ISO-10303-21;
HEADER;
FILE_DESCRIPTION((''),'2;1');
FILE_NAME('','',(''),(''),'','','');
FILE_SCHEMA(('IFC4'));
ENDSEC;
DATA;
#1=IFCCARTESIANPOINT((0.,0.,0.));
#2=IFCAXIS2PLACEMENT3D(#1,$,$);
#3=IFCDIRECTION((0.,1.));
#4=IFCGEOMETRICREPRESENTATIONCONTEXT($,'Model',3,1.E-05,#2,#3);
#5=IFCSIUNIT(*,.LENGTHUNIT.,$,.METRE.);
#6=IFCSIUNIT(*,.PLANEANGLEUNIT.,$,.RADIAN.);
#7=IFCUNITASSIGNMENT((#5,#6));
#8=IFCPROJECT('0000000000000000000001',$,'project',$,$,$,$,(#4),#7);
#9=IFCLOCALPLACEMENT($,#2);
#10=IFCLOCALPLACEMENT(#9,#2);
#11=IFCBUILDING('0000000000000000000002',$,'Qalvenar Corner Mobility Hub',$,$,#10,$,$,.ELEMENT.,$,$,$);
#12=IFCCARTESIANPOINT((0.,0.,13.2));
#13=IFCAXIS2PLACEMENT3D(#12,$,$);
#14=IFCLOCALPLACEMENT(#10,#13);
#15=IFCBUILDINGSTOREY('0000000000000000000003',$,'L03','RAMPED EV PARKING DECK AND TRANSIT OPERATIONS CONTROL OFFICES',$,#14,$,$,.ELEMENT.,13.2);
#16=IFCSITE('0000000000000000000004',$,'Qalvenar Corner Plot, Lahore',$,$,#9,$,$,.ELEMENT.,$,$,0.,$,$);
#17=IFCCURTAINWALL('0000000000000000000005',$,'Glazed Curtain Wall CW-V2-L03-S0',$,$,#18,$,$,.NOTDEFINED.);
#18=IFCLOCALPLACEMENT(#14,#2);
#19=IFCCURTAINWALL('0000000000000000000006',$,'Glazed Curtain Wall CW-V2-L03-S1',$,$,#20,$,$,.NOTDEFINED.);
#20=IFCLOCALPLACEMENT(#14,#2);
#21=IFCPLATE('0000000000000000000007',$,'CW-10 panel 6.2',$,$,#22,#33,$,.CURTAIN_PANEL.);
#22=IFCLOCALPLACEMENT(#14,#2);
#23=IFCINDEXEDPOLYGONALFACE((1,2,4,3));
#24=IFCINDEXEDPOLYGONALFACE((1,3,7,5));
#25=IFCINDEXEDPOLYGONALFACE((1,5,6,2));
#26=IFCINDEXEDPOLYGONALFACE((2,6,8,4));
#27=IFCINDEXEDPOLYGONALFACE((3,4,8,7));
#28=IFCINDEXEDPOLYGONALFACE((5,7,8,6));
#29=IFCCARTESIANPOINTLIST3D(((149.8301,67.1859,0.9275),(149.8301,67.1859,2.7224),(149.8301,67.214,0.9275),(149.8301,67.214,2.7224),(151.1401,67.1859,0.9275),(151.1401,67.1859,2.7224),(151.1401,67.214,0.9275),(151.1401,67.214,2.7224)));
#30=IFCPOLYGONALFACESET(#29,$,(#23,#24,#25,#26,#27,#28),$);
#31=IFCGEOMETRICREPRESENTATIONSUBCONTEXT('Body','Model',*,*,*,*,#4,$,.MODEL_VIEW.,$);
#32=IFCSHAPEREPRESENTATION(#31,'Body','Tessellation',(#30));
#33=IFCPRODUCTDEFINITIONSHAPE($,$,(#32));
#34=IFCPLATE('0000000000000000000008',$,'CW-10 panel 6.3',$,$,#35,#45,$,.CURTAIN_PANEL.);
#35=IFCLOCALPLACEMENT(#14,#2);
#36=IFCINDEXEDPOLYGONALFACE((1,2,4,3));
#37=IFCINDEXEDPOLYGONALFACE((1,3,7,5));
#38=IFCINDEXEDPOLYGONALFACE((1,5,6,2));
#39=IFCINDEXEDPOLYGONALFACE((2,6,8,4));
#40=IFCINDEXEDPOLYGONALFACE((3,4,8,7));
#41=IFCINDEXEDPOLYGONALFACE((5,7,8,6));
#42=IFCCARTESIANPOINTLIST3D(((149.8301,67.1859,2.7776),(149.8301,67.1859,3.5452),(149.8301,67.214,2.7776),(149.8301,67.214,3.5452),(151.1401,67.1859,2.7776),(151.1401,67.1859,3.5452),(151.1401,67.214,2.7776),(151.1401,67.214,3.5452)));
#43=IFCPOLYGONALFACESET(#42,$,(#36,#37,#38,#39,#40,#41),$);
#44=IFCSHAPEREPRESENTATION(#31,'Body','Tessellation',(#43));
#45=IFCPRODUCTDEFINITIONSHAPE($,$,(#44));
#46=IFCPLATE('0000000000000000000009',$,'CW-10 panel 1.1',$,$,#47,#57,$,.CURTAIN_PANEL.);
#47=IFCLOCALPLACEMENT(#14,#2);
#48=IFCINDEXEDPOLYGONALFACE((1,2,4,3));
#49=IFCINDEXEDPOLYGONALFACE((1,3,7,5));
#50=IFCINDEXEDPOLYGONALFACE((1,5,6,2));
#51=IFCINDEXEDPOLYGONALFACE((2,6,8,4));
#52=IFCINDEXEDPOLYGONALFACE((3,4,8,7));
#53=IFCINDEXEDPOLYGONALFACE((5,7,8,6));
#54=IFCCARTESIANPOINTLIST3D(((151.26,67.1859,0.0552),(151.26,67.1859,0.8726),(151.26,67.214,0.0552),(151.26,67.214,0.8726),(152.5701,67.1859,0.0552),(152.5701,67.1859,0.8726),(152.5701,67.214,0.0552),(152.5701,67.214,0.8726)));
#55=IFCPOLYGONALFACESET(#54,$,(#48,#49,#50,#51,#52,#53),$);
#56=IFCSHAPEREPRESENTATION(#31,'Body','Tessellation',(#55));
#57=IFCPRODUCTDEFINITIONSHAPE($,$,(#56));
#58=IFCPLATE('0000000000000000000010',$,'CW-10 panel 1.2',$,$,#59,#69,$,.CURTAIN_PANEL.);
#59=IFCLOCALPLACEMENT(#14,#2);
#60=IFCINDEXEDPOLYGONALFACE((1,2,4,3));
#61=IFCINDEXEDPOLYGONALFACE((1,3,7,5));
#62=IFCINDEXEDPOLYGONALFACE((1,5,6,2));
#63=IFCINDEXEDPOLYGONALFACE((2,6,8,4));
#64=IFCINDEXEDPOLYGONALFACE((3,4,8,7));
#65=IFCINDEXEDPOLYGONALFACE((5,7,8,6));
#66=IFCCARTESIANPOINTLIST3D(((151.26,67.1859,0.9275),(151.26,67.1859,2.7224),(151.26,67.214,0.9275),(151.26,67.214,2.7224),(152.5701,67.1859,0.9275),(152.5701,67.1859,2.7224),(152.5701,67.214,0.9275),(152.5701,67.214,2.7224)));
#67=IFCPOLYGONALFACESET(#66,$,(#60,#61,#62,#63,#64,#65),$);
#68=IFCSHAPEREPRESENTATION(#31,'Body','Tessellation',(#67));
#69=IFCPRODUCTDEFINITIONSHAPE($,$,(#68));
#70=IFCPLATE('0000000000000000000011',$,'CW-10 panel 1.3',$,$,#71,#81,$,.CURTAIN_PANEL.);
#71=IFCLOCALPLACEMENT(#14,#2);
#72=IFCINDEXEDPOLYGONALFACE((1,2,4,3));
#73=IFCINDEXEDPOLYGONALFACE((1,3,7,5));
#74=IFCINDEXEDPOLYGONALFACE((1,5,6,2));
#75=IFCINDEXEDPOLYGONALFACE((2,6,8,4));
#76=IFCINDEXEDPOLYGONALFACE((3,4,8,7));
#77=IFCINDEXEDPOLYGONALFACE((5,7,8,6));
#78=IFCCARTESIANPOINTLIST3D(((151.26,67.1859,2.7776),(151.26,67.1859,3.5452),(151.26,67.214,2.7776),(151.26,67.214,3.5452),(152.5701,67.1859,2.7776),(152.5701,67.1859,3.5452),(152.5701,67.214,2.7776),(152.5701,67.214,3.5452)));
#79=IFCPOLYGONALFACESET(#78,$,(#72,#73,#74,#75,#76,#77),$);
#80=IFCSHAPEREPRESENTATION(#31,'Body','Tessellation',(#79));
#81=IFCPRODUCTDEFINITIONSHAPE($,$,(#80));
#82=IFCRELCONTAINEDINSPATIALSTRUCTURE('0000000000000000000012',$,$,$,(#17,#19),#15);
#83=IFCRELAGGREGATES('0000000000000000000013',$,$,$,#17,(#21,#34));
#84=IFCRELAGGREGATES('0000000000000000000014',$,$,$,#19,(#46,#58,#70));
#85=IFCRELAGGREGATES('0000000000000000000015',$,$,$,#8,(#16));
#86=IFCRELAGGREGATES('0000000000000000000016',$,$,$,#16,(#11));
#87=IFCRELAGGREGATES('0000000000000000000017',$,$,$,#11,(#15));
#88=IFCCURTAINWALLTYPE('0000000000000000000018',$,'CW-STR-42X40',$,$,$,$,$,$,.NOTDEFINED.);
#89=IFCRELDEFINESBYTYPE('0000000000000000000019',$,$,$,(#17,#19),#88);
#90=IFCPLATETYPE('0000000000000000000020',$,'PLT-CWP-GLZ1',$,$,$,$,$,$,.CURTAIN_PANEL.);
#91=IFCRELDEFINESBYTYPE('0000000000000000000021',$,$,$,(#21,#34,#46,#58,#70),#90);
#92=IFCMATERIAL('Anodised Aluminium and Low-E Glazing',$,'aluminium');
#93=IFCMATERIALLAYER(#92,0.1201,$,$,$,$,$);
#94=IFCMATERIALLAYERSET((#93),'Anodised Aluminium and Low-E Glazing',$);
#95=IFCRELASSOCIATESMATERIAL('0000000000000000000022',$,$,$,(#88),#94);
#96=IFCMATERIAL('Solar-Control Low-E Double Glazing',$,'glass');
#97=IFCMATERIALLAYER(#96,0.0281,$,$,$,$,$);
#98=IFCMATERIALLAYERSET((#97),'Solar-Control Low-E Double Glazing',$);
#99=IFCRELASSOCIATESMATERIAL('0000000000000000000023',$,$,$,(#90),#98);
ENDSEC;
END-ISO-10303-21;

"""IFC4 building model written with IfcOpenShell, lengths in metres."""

from ifc_helpers import new_model, si_unit, direction, frame, origin, origin_2d, place, context, subcontext, project, spatial, rectangle, extrude, material, layer, layer_set, type_object, element, aggregate, save


model = new_model("IFC4")

# Units and contexts
model_context = context("Model", 3, precision=1e-05, world=origin(), true_north=direction((0.0, 1.0)))
body_context = subcontext(model_context, "Body", "Model", "MODEL_VIEW")
ifc_project = project(units=[si_unit("LENGTHUNIT", "METRE"), si_unit("PLANEANGLEUNIT", "RADIAN")], contexts=[model_context])

# Site, building, storey
site_placement = place(None, origin())
site = spatial("IfcSite", under=ifc_project, at=site_placement, Name="Qalvenar Corner Plot, Lahore", CompositionType="ELEMENT", RefElevation=0.0)
building_placement = place(site_placement, origin())
building = spatial("IfcBuilding", under=site, at=building_placement, Name="Qalvenar Corner Mobility Hub", CompositionType="ELEMENT")
storey_placement = place(building_placement, frame((0.0, 0.0, 13.2)))
storey = spatial("IfcBuildingStorey", under=building, at=storey_placement, Name="L03", Description="RAMPED EV PARKING DECK AND TRANSIT OPERATIONS CONTROL OFFICES", CompositionType="ELEMENT", Elevation=13.2)

# Curtain walls
ifc_material_1 = material(Name="Anodised Aluminium and Low-E Glazing", Category="aluminium")
ifc_layer_1 = layer(ifc_material_1, 0.1201)
ifc_layer_set_1 = layer_set([ifc_layer_1], Name="Anodised Aluminium and Low-E Glazing")
curtain_wall_type = type_object("IfcCurtainWallType", Name="CW-STR-42X40", PredefinedType="NOTDEFINED", material=ifc_layer_set_1)
curtain_wall_1_placement = place(storey_placement, origin())
curtain_wall_1 = element("IfcCurtainWall", 1, at=curtain_wall_1_placement, inside=storey, type_object=curtain_wall_type, Name="Glazed Curtain Wall CW-V2-L03-S0", PredefinedType="NOTDEFINED")
curtain_wall_2_placement = place(storey_placement, origin())
curtain_wall_2 = element("IfcCurtainWall", 2, at=curtain_wall_2_placement, inside=storey, type_object=curtain_wall_type, Name="Glazed Curtain Wall CW-V2-L03-S1", PredefinedType="NOTDEFINED")

# Plates
ifc_material_2 = material(Name="Solar-Control Low-E Double Glazing", Category="glass")
ifc_layer_2 = layer(ifc_material_2, 0.0281)
ifc_layer_set_2 = layer_set([ifc_layer_2], Name="Solar-Control Low-E Double Glazing")
plate_type = type_object("IfcPlateType", Name="PLT-CWP-GLZ1", PredefinedType="CURTAIN_PANEL", material=ifc_layer_set_2)
plate_1_placement = place(storey_placement, frame((150.4851, 67.2, 0.9275), z_axis=(0.0, 0.0, 1.0), x_axis=(1.0, 0.0, 0.0)))
plate_1 = element("IfcPlate", 3, at=plate_1_placement, type_object=plate_type, Name="CW-10 panel 6.2", PredefinedType="CURTAIN_PANEL", context=body_context, shape_type="SweptSolid", body=[
    extrude(rectangle(XDim=1.3101, YDim=0.0281, at=origin_2d()), origin(), (0.0, 0.0, 1.0), 1.7949),
])
plate_2_placement = place(storey_placement, frame((150.4851, 67.2, 2.7776), z_axis=(0.0, 0.0, 1.0), x_axis=(1.0, 0.0, 0.0)))
plate_2 = element("IfcPlate", 4, at=plate_2_placement, type_object=plate_type, Name="CW-10 panel 6.3", PredefinedType="CURTAIN_PANEL", context=body_context, shape_type="SweptSolid", body=[
    extrude(rectangle(XDim=1.3101, YDim=0.0281, at=origin_2d()), origin(), (0.0, 0.0, 1.0), 0.7676),
])
aggregate(curtain_wall_1, [plate_1, plate_2])
plate_3_placement = place(storey_placement, frame((151.915, 67.2, 0.0552), z_axis=(0.0, 0.0, 1.0), x_axis=(1.0, 0.0, 0.0)))
plate_3 = element("IfcPlate", 5, at=plate_3_placement, type_object=plate_type, Name="CW-10 panel 1.1", PredefinedType="CURTAIN_PANEL", context=body_context, shape_type="SweptSolid", body=[
    extrude(rectangle(XDim=1.3101, YDim=0.0281, at=origin_2d()), origin(), (0.0, 0.0, 1.0), 0.8174),
])
plate_4_placement = place(storey_placement, frame((151.915, 67.2, 0.9275), z_axis=(0.0, 0.0, 1.0), x_axis=(1.0, 0.0, 0.0)))
plate_4 = element("IfcPlate", 6, at=plate_4_placement, type_object=plate_type, Name="CW-10 panel 1.2", PredefinedType="CURTAIN_PANEL", context=body_context, shape_type="SweptSolid", body=[
    extrude(rectangle(XDim=1.3101, YDim=0.0281, at=origin_2d()), origin(), (0.0, 0.0, 1.0), 1.7949),
])
plate_5_placement = place(storey_placement, frame((151.915, 67.2, 2.7776), z_axis=(0.0, 0.0, 1.0), x_axis=(1.0, 0.0, 0.0)))
plate_5 = element("IfcPlate", 7, at=plate_5_placement, type_object=plate_type, Name="CW-10 panel 1.3", PredefinedType="CURTAIN_PANEL", context=body_context, shape_type="SweptSolid", body=[
    extrude(rectangle(XDim=1.3101, YDim=0.0281, at=origin_2d()), origin(), (0.0, 0.0, 1.0), 0.7676),
])
aggregate(curtain_wall_2, [plate_3, plate_4, plate_5])

save(model, "model.ifc")
